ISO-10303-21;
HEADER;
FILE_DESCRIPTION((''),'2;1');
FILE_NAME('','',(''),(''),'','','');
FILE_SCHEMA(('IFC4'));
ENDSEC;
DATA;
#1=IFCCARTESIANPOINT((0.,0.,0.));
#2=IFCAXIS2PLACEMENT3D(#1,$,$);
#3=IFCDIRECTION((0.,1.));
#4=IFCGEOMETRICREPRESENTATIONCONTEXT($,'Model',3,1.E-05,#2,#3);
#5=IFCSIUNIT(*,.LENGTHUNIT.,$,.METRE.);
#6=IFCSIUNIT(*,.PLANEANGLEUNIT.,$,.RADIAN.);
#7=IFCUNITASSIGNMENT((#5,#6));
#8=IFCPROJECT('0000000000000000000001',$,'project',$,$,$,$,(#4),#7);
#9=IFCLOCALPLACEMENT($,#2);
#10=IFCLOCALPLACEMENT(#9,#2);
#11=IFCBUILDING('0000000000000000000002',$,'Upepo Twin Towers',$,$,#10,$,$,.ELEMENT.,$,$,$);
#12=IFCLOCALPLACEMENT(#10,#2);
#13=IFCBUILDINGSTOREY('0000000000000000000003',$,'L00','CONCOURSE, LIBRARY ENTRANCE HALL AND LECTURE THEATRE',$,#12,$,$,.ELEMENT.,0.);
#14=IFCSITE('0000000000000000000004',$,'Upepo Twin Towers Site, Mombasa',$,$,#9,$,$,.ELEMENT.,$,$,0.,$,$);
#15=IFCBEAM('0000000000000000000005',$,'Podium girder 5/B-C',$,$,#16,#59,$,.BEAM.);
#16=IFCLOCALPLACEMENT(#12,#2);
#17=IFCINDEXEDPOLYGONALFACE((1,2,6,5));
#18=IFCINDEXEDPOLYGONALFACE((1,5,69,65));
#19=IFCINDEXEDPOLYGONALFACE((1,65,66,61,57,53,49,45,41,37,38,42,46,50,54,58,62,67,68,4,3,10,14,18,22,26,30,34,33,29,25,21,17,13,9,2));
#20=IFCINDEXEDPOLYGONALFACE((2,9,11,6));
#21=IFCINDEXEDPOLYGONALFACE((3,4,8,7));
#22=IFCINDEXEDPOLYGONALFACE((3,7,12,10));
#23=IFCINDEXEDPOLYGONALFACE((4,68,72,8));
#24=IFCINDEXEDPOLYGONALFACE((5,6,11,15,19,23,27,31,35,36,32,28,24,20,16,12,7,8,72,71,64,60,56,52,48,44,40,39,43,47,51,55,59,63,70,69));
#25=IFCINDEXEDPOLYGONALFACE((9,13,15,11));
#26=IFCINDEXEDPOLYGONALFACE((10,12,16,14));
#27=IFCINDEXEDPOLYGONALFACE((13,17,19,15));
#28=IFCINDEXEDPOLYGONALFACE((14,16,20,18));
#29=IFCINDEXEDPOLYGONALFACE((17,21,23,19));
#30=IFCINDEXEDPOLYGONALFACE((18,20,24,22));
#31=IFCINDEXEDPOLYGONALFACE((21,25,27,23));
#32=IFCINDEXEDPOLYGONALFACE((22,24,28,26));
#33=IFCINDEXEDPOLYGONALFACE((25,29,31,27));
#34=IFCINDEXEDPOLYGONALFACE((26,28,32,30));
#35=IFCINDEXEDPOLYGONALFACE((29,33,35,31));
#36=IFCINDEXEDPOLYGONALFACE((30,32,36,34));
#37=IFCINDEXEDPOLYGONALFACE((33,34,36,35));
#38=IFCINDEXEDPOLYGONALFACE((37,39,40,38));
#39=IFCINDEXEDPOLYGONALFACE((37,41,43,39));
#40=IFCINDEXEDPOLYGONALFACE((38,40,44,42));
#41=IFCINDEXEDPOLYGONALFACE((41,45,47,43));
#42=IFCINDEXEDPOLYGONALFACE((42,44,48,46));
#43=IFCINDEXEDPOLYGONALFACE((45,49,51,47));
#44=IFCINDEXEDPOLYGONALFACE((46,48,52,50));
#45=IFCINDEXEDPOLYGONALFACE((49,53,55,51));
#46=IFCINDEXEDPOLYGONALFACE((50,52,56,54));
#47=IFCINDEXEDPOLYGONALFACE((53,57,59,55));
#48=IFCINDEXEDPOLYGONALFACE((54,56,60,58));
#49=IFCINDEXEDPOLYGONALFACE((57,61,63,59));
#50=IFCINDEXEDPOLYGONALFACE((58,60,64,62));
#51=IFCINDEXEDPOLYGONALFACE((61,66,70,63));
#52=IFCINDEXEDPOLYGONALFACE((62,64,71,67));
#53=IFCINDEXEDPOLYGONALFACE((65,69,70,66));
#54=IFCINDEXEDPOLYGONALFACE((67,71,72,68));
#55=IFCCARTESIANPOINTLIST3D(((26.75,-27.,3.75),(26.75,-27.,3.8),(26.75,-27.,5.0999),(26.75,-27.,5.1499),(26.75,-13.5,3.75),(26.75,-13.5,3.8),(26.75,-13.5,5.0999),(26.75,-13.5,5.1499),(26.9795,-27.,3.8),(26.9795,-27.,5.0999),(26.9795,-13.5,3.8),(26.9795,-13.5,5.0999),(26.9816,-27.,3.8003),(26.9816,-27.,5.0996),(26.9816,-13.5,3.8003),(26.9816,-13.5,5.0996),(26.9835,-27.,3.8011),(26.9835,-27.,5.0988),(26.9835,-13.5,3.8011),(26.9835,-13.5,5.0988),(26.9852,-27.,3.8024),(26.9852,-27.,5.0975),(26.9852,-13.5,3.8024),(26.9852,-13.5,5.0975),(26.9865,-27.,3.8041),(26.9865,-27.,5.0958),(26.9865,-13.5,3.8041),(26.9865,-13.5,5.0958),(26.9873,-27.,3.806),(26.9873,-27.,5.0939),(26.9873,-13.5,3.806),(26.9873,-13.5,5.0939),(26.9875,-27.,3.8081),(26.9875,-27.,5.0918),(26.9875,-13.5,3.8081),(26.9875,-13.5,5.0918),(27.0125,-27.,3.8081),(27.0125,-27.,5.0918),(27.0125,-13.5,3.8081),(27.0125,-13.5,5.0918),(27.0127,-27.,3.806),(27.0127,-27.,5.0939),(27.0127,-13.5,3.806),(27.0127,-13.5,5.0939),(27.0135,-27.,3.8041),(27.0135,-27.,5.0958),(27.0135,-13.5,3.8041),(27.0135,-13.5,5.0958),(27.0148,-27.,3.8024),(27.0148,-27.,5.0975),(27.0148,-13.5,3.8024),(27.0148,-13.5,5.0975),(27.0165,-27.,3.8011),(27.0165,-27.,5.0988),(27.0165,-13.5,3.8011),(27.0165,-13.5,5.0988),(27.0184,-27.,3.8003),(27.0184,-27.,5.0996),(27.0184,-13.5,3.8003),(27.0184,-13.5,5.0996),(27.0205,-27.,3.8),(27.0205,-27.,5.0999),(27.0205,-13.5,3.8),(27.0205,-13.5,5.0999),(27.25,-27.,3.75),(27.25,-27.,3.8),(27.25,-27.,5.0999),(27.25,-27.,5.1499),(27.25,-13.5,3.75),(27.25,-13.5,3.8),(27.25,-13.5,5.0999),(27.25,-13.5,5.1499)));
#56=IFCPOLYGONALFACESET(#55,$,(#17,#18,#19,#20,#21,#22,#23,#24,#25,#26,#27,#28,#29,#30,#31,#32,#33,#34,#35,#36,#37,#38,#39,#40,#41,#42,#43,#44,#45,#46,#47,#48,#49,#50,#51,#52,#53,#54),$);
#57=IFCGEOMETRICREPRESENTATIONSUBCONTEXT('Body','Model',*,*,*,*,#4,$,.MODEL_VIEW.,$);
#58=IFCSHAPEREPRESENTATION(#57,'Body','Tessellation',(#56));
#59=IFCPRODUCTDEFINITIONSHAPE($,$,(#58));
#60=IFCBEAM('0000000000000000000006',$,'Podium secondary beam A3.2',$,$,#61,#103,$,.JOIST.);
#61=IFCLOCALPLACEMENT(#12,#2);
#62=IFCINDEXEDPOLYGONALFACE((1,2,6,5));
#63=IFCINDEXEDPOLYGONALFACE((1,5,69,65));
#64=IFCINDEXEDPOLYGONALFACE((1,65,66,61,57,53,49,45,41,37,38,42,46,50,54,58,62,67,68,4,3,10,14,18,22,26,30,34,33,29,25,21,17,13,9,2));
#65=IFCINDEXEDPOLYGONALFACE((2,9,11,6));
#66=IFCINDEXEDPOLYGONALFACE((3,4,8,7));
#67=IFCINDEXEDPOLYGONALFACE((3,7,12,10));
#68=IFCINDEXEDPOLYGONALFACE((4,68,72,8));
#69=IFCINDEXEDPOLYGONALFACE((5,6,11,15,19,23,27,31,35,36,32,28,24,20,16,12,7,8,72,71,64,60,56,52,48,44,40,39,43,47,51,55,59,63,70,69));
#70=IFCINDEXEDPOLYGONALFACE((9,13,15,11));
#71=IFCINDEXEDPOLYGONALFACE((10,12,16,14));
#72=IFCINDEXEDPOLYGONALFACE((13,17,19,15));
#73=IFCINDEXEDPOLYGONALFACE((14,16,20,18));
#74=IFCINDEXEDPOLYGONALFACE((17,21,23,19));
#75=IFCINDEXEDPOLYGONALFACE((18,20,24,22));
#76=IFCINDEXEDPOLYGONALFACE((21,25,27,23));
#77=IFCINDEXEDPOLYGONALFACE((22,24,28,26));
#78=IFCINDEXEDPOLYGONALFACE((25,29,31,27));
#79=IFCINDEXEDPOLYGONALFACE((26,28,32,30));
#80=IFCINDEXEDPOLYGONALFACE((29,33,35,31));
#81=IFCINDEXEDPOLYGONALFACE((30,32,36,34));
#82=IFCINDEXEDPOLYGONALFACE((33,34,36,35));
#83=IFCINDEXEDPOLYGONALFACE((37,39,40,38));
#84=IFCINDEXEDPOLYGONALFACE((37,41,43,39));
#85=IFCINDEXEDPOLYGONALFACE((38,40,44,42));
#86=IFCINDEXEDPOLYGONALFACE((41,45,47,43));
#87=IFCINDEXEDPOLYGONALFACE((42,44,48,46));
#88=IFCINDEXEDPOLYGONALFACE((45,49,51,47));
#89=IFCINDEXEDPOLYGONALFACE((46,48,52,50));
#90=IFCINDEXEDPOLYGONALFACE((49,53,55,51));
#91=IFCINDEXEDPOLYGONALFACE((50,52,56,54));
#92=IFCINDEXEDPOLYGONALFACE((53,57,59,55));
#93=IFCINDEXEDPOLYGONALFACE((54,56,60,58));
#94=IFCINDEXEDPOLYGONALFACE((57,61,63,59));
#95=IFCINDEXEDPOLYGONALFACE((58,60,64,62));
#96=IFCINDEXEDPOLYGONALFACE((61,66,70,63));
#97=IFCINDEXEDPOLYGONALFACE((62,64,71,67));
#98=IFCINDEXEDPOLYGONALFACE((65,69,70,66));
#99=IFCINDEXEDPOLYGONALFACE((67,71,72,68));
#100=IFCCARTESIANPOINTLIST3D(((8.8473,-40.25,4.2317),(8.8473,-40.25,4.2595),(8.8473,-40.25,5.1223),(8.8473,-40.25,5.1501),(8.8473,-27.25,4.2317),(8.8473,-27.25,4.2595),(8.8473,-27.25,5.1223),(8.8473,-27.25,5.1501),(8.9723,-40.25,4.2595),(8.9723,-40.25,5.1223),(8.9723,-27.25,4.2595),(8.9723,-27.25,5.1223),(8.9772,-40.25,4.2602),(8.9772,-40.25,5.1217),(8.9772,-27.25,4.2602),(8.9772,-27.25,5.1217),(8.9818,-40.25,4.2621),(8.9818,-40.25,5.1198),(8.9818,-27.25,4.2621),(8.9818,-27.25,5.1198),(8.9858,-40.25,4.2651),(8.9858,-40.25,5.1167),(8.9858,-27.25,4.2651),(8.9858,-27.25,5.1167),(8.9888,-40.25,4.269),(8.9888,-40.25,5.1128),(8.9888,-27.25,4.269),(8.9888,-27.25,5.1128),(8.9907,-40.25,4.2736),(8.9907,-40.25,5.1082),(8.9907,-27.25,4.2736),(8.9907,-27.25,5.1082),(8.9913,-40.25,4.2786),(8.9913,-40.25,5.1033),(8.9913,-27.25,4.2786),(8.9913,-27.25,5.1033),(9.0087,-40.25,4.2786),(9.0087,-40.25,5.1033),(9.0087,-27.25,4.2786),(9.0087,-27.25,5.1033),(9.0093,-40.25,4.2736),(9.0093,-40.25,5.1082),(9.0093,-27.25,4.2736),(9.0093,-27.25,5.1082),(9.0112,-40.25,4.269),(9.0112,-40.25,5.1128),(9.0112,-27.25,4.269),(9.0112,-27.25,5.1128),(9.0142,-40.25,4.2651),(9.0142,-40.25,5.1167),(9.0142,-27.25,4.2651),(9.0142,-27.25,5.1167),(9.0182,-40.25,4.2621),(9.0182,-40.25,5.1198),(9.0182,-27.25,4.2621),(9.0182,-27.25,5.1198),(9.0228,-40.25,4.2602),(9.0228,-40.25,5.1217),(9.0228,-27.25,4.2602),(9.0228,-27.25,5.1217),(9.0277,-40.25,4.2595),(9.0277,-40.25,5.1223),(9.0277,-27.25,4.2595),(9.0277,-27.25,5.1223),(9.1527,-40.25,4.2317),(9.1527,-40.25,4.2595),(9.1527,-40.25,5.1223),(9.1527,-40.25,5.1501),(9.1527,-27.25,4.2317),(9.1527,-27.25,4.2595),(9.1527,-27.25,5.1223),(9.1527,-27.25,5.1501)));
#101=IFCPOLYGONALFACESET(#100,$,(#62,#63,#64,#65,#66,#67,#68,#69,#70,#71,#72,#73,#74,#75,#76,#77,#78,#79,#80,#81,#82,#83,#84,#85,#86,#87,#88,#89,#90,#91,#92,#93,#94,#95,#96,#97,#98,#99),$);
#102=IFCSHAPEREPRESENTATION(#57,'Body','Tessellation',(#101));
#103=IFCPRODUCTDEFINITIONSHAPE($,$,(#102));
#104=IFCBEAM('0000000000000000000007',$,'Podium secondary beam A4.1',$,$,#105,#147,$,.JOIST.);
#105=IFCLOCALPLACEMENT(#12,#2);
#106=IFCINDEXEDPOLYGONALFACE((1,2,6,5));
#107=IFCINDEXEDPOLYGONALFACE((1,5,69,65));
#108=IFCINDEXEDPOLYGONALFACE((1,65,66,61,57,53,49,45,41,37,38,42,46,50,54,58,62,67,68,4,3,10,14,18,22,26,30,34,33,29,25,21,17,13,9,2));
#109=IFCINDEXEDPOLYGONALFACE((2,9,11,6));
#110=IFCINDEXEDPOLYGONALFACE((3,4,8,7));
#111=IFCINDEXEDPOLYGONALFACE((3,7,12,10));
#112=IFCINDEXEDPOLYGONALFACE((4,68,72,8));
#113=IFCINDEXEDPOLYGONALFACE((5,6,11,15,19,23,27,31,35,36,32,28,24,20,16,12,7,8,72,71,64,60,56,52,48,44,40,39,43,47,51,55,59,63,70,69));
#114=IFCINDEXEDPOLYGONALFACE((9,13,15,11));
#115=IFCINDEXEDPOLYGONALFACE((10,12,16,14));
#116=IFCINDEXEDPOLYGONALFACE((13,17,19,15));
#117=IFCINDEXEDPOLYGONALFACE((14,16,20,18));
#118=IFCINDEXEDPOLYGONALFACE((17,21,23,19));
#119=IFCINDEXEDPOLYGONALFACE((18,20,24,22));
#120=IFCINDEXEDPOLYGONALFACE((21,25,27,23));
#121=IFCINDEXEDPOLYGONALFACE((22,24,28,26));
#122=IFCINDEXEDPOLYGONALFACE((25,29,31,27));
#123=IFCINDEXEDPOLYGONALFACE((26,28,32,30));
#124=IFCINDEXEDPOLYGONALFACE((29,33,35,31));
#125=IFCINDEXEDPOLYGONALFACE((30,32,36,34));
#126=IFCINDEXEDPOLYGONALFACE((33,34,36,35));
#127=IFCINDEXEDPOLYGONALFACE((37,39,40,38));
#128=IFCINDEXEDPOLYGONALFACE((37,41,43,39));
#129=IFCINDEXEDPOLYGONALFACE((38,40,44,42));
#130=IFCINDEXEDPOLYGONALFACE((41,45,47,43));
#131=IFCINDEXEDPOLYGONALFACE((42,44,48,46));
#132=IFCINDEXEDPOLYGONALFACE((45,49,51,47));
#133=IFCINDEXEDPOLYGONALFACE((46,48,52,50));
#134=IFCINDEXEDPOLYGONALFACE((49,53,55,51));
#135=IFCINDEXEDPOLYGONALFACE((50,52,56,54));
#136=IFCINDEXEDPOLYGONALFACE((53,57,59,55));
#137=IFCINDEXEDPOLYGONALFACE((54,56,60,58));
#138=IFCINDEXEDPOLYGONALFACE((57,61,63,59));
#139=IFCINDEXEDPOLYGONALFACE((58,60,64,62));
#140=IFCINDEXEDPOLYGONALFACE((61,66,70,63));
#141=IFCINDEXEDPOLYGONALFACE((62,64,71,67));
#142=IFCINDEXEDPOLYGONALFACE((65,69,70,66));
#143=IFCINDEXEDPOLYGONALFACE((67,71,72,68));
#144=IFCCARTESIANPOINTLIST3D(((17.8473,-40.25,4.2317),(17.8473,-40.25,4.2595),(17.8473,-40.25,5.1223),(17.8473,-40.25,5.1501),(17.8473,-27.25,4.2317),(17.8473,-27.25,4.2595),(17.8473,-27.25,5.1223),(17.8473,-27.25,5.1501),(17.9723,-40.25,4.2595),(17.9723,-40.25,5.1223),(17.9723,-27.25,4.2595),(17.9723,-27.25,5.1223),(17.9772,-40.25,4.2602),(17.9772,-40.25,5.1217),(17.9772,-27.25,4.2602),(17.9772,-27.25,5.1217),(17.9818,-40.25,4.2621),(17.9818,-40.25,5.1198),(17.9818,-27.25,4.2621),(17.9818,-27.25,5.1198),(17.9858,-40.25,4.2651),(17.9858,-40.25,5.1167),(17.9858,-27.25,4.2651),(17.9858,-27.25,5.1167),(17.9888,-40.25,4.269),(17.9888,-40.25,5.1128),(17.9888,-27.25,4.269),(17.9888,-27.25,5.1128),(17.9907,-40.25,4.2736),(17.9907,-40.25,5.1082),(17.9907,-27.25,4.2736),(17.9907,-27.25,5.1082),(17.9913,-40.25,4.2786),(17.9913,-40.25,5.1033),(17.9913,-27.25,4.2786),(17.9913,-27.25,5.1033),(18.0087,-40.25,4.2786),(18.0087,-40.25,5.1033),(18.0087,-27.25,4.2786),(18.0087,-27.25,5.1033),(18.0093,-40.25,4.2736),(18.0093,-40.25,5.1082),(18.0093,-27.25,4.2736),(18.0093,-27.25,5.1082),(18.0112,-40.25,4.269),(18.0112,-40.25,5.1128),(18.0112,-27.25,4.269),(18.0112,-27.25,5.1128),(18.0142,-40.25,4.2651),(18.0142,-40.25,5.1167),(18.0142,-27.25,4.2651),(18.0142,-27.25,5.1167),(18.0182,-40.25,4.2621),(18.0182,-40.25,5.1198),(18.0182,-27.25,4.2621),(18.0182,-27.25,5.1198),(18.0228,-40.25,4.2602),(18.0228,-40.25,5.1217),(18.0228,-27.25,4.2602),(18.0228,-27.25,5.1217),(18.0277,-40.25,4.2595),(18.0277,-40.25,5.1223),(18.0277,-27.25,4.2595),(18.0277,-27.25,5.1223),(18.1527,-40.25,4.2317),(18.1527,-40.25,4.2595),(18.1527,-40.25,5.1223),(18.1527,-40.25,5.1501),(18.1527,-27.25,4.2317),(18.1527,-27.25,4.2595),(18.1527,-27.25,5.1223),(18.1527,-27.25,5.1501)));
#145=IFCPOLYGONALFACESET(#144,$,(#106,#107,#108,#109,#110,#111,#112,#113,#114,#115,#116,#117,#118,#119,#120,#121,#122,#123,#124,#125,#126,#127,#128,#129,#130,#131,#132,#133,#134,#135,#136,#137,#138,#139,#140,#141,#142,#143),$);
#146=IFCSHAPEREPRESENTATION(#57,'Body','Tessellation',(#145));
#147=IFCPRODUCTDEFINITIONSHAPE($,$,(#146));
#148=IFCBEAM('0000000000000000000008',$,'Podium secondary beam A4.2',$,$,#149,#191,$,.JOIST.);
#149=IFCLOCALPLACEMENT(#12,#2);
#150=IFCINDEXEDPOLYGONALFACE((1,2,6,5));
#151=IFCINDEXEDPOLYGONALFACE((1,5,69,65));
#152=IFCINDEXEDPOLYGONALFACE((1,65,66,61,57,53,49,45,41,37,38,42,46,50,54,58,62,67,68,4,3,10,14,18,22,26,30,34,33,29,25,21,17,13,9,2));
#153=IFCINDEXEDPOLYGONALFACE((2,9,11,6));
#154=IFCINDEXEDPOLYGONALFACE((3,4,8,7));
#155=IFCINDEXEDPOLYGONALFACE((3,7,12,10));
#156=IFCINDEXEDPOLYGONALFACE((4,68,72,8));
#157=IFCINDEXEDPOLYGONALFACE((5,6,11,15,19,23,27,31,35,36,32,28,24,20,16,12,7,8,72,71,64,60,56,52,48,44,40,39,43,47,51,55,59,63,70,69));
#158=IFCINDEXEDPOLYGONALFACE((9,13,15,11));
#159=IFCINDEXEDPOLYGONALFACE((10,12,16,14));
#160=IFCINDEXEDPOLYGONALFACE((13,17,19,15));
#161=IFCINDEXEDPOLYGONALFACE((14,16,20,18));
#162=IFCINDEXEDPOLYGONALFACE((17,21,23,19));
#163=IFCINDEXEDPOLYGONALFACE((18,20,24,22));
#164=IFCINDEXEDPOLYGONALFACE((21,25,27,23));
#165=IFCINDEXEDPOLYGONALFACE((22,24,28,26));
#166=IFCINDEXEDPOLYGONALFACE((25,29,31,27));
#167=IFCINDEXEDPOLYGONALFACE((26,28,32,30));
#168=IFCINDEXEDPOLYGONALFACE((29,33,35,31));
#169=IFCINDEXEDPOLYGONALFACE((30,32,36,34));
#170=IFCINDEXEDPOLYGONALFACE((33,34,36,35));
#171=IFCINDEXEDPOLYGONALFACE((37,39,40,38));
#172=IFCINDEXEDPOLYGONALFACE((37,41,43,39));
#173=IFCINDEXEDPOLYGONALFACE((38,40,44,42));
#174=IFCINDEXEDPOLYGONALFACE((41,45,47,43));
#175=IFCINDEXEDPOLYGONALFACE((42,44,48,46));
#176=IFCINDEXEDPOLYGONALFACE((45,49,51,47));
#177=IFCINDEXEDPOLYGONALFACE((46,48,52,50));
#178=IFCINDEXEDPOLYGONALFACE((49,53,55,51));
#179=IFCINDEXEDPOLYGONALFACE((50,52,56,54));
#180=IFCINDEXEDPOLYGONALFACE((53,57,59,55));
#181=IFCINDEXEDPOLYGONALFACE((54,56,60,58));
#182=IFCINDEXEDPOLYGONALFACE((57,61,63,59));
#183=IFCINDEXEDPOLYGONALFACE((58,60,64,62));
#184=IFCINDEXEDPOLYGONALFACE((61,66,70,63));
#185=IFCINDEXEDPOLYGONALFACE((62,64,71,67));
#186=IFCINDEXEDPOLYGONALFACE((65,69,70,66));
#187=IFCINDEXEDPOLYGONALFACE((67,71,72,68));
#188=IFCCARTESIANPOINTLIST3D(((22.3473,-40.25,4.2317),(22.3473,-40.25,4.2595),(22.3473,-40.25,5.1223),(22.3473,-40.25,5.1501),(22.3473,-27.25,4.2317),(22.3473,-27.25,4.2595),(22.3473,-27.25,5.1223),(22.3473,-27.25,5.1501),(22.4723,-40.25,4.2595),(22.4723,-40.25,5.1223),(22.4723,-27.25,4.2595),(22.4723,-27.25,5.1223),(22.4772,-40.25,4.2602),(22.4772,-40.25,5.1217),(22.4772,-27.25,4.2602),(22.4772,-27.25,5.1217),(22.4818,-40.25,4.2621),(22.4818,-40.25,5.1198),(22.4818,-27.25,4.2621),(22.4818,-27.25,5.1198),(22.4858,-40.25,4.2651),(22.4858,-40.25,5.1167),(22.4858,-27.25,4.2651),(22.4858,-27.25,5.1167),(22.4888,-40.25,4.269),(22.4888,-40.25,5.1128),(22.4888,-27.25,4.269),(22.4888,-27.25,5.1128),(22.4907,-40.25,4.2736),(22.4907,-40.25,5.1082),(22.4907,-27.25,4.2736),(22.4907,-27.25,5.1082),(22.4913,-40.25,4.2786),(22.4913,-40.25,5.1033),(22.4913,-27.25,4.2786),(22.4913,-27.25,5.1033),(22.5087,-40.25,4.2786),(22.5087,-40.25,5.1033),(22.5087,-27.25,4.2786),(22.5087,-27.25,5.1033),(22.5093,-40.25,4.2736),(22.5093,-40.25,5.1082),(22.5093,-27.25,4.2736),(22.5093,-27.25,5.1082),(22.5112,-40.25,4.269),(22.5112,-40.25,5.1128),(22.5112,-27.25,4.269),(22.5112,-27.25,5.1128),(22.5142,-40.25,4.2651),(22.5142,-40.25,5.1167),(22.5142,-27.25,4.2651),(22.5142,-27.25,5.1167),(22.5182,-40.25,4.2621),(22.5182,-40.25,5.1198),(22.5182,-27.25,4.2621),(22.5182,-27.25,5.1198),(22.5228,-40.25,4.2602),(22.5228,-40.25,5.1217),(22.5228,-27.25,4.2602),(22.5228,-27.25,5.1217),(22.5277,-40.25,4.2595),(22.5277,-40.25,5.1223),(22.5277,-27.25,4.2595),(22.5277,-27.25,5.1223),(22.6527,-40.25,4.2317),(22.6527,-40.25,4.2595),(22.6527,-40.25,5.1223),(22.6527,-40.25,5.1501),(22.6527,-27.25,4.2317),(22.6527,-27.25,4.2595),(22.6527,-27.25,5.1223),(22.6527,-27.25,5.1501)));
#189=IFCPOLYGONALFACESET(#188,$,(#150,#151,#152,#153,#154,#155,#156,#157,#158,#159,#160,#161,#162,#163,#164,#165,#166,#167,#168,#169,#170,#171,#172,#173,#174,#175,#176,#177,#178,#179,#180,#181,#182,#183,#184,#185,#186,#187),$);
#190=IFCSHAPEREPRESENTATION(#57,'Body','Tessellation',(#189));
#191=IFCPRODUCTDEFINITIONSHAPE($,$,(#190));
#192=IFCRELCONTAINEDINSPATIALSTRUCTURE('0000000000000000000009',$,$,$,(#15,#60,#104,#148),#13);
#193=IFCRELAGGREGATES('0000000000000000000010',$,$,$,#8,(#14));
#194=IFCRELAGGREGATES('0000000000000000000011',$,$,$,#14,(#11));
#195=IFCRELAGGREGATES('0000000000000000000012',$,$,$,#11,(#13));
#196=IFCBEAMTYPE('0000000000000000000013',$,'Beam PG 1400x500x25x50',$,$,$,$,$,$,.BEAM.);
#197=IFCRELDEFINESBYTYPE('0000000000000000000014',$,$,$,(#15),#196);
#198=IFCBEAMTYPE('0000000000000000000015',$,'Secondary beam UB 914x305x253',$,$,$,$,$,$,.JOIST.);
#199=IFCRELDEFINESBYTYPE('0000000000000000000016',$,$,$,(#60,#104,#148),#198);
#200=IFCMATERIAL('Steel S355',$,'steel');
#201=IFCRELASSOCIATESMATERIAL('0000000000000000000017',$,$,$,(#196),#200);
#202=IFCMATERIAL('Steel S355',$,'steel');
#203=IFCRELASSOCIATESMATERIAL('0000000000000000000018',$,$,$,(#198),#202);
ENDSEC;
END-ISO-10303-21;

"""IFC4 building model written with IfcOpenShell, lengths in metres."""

from ifc_helpers import new_model, si_unit, direction, frame, origin, origin_2d, place, context, subcontext, project, spatial, i_section, extrude, material, material_profile, profile_set, type_object, element, save


model = new_model("IFC4")

# Units and contexts
model_context = context("Model", 3, precision=1e-05, world=origin(), true_north=direction((0.0, 1.0)))
body_context = subcontext(model_context, "Body", "Model", "MODEL_VIEW")
ifc_project = project(units=[si_unit("LENGTHUNIT", "METRE"), si_unit("PLANEANGLEUNIT", "RADIAN")], contexts=[model_context])

# Site, building, storey
site_placement = place(None, origin())
site = spatial("IfcSite", under=ifc_project, at=site_placement, Name="Upepo Twin Towers Site, Mombasa", CompositionType="ELEMENT", RefElevation=0.0)
building_placement = place(site_placement, origin())
building = spatial("IfcBuilding", under=site, at=building_placement, Name="Upepo Twin Towers", CompositionType="ELEMENT")
storey_placement = place(building_placement, origin())
storey = spatial("IfcBuildingStorey", under=building, at=storey_placement, Name="L00", Description="CONCOURSE, LIBRARY ENTRANCE HALL AND LECTURE THEATRE", CompositionType="ELEMENT", Elevation=0.0)

# Beams
ifc_material_1 = material(Name="Steel S355", Category="steel")
ifc_material_profile_1 = material_profile(ifc_material_1, i_section(OverallWidth=0.5, OverallDepth=1.3999, WebThickness=0.0249, FlangeThickness=0.05, FilletRadius=0.0081, at=origin_2d()), Name="PG 1400x500x25x50")
ifc_profile_set_1 = profile_set([ifc_material_profile_1], Name="Steel S355")
beam_type_1 = type_object("IfcBeamType", Name="Beam PG 1400x500x25x50", PredefinedType="BEAM", material=ifc_profile_set_1)
for number, where, z_axis, x_axis, name in (
    (1, (27.0, -27.0, 4.45), (0.0, 1.0, 0.0), (-1.0, 0.0, 0.0), "Podium girder 5/B-C"),
):
    element("IfcBeam", number, at=place(storey_placement, frame(where, z_axis=z_axis, x_axis=x_axis)), inside=storey, type_object=beam_type_1, Name=name, PredefinedType="BEAM", context=body_context, shape_type="SweptSolid", body=[
        extrude(i_section(OverallWidth=0.5, OverallDepth=1.3999, WebThickness=0.0249, FlangeThickness=0.05, FilletRadius=0.0081, at=origin_2d()), origin(), (0.0, 0.0, 1.0), 13.5),
    ])
ifc_material_2 = material(Name="Steel S355", Category="steel")
ifc_material_profile_2 = material_profile(ifc_material_2, i_section(OverallWidth=0.3054, OverallDepth=0.9185, WebThickness=0.0173, FlangeThickness=0.0278, FilletRadius=0.019, at=origin_2d()), Name="UB 914x305x253")
ifc_profile_set_2 = profile_set([ifc_material_profile_2], Name="Steel S355")
beam_type_2 = type_object("IfcBeamType", Name="Secondary beam UB 914x305x253", PredefinedType="JOIST", material=ifc_profile_set_2)
for number, where, z_axis, x_axis, name in (
    (2, (9.0, -40.25, 4.6909), (0.0, 1.0, 0.0), (-1.0, 0.0, 0.0), "Podium secondary beam A3.2"),
    (3, (18.0, -40.25, 4.6909), (0.0, 1.0, 0.0), (-1.0, 0.0, 0.0), "Podium secondary beam A4.1"),
    (4, (22.5, -40.25, 4.6909), (0.0, 1.0, 0.0), (-1.0, 0.0, 0.0), "Podium secondary beam A4.2"),
):
    element("IfcBeam", number, at=place(storey_placement, frame(where, z_axis=z_axis, x_axis=x_axis)), inside=storey, type_object=beam_type_2, Name=name, PredefinedType="JOIST", context=body_context, shape_type="SweptSolid", body=[
        extrude(i_section(OverallWidth=0.3054, OverallDepth=0.9185, WebThickness=0.0173, FlangeThickness=0.0278, FilletRadius=0.019, at=origin_2d()), origin(), (0.0, 0.0, 1.0), 13.0),
    ])

save(model, "model.ifc")
